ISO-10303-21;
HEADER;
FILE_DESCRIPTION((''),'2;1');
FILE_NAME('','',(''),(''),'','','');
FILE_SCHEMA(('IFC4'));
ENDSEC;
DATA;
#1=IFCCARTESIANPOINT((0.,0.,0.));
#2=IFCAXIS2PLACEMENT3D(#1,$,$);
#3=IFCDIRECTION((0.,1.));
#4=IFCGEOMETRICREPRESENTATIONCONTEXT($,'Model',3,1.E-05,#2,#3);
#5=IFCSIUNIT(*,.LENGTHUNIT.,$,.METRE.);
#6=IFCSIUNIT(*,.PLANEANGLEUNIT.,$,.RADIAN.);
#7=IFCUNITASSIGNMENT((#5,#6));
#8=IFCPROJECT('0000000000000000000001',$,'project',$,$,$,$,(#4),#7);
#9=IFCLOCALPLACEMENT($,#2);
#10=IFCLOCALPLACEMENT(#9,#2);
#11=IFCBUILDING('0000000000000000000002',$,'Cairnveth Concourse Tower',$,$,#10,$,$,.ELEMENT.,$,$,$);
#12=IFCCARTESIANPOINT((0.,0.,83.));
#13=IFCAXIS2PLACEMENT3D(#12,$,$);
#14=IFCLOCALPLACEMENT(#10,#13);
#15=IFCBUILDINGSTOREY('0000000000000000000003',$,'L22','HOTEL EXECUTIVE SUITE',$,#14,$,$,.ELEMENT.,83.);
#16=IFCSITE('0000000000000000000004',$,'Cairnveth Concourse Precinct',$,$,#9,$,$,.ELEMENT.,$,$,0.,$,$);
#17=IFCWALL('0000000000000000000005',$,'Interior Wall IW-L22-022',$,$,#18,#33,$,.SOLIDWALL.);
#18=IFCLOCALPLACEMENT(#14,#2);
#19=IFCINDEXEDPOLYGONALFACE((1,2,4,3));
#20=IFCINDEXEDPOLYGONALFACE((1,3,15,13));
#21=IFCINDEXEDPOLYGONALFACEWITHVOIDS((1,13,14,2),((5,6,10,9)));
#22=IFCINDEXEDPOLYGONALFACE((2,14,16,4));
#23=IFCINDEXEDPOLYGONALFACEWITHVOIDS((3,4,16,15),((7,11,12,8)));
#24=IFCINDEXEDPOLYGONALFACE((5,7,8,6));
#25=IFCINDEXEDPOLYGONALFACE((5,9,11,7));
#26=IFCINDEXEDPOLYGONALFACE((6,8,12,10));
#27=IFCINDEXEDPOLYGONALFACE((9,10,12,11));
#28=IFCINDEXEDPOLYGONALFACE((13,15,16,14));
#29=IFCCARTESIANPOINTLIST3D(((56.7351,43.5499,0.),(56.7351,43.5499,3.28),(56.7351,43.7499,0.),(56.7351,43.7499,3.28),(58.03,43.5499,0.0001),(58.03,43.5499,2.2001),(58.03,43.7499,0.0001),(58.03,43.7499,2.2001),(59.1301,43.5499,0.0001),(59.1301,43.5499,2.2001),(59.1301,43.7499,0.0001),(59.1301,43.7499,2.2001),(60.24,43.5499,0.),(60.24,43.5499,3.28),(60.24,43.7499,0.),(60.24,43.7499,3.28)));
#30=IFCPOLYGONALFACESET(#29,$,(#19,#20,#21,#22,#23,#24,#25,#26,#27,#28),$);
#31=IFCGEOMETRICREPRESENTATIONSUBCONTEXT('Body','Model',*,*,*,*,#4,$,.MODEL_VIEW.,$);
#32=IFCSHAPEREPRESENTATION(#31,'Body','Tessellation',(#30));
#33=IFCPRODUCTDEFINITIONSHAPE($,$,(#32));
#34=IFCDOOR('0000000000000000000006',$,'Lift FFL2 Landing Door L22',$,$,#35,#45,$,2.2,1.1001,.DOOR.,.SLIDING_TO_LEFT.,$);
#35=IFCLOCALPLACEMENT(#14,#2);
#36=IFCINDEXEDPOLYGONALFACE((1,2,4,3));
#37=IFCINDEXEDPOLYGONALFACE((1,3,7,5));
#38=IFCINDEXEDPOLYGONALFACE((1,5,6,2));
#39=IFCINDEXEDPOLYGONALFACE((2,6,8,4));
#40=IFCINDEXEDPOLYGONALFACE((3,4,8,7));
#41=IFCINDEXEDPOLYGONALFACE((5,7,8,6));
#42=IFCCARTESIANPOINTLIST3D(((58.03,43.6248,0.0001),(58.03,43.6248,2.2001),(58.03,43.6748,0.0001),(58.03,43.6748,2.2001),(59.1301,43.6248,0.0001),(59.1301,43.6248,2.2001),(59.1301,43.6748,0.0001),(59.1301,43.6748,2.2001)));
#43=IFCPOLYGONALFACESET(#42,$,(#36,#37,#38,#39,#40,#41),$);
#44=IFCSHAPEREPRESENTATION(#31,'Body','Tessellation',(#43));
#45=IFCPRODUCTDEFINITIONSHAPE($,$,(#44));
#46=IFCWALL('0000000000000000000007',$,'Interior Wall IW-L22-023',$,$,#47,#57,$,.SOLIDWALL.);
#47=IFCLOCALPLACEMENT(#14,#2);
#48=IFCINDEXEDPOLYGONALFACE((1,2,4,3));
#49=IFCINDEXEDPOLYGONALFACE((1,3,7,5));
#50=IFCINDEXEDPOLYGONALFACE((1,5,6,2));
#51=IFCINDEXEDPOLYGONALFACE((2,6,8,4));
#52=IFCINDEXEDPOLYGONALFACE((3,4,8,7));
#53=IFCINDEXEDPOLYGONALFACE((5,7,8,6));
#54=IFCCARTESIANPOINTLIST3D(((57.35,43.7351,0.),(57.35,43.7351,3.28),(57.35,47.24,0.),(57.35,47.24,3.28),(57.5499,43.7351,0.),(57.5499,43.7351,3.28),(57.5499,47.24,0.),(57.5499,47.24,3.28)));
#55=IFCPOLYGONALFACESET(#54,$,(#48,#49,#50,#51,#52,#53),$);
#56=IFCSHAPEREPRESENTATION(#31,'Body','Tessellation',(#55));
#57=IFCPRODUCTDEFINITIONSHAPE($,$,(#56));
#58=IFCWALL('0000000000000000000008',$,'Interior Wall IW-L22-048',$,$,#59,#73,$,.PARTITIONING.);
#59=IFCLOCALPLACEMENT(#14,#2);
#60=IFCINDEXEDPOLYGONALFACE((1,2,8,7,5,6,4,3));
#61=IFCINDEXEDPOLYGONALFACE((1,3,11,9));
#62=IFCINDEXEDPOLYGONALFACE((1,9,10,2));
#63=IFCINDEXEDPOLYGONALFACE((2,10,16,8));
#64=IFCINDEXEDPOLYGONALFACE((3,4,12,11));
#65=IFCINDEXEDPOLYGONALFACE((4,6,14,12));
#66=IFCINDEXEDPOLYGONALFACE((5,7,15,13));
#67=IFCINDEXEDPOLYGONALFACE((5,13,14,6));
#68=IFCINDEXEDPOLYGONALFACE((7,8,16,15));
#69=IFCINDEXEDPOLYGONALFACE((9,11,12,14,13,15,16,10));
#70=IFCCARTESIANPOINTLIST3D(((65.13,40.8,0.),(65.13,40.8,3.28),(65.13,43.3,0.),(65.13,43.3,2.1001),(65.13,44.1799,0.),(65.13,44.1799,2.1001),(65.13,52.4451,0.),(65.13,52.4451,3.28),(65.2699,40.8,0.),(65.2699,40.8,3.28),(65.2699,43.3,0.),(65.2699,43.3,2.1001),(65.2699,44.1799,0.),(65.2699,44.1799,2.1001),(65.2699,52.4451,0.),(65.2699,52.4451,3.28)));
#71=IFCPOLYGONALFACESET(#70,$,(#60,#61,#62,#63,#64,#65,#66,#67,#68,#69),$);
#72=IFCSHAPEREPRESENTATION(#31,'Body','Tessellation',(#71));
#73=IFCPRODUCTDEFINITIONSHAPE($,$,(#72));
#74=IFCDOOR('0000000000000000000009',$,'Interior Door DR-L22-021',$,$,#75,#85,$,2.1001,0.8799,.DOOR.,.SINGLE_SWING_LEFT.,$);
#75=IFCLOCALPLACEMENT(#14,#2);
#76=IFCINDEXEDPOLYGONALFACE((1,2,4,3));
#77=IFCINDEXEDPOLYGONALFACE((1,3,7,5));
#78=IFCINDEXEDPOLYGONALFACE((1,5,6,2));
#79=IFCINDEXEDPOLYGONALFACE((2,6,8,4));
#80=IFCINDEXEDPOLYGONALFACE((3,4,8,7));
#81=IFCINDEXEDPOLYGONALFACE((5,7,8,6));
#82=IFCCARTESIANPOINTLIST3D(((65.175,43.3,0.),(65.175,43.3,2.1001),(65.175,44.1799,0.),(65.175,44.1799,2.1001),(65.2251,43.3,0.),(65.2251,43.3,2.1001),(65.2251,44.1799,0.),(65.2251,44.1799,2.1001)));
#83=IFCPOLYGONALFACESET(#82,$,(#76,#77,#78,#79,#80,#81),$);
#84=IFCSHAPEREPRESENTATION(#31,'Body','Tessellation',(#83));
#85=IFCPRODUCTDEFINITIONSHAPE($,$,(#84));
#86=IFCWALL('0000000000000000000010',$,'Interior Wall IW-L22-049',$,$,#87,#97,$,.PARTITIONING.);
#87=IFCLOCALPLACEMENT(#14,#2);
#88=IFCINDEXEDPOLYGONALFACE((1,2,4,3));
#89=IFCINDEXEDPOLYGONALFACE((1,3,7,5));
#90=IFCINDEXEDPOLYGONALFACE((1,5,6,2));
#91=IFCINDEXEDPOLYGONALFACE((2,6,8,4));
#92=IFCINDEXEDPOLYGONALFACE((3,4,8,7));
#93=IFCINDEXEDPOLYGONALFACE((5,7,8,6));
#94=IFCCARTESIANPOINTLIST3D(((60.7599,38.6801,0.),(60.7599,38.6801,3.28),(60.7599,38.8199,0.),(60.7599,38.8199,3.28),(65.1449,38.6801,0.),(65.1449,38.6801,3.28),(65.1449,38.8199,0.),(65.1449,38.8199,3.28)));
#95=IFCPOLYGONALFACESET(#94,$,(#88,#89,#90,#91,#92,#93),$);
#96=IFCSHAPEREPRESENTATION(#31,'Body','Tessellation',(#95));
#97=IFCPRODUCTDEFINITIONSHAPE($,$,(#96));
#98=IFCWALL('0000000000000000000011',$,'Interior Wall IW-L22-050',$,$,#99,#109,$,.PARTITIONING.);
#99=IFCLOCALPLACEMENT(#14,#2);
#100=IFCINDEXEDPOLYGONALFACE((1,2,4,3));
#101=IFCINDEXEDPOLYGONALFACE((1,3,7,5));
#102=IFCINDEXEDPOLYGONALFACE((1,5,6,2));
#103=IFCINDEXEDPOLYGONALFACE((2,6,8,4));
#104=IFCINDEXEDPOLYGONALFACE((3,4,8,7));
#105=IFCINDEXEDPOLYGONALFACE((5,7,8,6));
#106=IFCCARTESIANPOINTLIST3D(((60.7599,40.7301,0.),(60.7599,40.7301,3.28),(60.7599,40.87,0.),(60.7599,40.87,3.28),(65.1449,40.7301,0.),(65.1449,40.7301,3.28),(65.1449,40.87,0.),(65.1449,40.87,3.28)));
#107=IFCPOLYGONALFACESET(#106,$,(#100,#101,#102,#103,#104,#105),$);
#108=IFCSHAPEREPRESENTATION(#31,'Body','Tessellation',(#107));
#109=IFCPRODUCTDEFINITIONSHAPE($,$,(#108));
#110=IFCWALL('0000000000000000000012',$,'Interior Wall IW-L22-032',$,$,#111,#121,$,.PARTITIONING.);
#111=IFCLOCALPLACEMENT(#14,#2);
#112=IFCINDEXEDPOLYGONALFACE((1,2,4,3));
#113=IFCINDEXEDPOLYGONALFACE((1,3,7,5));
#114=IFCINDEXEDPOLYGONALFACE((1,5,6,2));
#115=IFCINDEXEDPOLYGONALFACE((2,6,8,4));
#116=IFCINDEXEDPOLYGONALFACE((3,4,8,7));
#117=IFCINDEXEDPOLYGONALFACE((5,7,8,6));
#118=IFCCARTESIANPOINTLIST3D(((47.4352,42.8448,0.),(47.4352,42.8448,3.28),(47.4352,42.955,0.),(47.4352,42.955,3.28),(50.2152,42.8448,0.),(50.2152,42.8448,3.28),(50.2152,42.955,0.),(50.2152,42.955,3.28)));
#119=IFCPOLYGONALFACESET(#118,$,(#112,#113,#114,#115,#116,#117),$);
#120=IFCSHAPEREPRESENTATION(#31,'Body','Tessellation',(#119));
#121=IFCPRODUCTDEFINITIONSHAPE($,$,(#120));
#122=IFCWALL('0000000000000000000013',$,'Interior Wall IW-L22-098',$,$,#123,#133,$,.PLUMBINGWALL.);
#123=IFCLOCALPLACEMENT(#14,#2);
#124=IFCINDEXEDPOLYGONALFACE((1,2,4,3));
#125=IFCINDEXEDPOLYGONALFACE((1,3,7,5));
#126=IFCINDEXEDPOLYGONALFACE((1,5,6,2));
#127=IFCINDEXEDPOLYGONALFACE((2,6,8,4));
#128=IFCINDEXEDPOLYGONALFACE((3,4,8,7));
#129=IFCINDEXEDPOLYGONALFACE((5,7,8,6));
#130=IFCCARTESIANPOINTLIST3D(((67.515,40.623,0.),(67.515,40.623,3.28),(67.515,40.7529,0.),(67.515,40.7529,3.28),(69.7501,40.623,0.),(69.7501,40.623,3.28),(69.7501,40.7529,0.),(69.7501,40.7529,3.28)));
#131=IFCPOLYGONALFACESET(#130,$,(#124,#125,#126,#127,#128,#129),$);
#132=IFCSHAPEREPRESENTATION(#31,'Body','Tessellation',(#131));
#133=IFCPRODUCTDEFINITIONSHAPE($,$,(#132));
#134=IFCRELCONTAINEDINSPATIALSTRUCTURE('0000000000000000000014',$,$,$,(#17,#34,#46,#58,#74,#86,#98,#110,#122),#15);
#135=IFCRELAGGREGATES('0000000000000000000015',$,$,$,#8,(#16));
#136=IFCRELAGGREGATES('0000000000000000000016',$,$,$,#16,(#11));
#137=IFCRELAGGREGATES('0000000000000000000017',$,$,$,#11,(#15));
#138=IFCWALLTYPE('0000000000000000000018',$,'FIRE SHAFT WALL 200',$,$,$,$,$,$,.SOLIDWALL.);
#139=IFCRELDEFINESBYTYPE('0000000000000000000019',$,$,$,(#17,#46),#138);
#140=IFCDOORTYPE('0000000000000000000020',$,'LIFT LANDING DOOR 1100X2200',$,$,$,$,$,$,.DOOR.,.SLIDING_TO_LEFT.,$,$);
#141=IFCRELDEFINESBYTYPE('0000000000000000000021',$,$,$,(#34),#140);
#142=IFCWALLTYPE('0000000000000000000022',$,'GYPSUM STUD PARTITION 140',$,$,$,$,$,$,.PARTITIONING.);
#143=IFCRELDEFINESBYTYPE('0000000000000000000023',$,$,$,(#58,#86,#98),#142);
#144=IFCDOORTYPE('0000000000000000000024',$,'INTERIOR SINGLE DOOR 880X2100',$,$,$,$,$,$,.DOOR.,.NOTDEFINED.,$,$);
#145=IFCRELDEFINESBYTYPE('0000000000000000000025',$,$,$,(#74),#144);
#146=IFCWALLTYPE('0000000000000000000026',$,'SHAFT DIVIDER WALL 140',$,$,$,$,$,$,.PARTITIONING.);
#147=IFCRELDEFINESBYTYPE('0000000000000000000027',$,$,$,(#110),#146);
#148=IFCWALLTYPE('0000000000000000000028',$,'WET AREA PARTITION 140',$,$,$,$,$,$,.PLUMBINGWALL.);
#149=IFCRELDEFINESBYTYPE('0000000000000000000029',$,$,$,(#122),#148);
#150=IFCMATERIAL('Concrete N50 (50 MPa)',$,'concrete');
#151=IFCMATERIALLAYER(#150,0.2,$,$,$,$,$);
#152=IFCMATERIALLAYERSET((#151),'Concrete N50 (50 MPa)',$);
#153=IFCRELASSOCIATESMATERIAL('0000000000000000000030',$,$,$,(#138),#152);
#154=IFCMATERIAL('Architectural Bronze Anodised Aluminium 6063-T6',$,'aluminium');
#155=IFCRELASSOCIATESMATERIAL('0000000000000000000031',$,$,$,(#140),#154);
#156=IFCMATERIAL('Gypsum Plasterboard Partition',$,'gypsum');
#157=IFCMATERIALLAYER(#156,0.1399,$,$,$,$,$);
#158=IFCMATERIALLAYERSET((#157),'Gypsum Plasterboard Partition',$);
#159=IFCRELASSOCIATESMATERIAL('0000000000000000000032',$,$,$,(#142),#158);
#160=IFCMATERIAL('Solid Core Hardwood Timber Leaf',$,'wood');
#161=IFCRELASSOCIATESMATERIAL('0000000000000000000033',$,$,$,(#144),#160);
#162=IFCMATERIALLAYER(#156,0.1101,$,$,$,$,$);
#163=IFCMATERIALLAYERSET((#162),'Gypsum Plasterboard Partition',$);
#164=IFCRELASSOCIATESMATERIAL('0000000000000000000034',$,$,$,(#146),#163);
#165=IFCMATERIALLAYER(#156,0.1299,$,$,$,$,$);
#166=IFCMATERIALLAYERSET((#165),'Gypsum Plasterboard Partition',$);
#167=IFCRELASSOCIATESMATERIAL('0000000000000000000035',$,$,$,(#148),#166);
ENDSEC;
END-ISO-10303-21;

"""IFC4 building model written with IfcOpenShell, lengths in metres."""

from ifc_helpers import new_model, si_unit, direction, frame, frame_2d, origin, place, context, subcontext, project, spatial, rectangle, extrude, material, layer, layer_set, type_object, element, fill, save


model = new_model("IFC4")

# Units and contexts
model_context = context("Model", 3, precision=1e-05, world=origin(), true_north=direction((0.0, 1.0)))
body_context = subcontext(model_context, "Body", "Model", "MODEL_VIEW")
ifc_project = project(units=[si_unit("LENGTHUNIT", "METRE"), si_unit("PLANEANGLEUNIT", "RADIAN")], contexts=[model_context])

# Site, building, storey
site_placement = place(None, origin())
site = spatial("IfcSite", under=ifc_project, at=site_placement, Name="Cairnveth Concourse Precinct", CompositionType="ELEMENT", RefElevation=0.0)
building_placement = place(site_placement, origin())
building = spatial("IfcBuilding", under=site, at=building_placement, Name="Cairnveth Concourse Tower", CompositionType="ELEMENT")
storey_placement = place(building_placement, frame((0.0, 0.0, 83.0)))
storey = spatial("IfcBuildingStorey", under=building, at=storey_placement, Name="L22", Description="HOTEL EXECUTIVE SUITE", CompositionType="ELEMENT", Elevation=83.0)

# Shared definitions
ifc_material_1 = material(Name="Concrete N50 (50 MPa)", Category="concrete")
ifc_layer_1 = layer(ifc_material_1, 0.2)
ifc_layer_set_1 = layer_set([ifc_layer_1], Name="Concrete N50 (50 MPa)")
wall_type_1 = type_object("IfcWallType", Name="FIRE SHAFT WALL 200", PredefinedType="SOLIDWALL", material=ifc_layer_set_1)

# Wall, opening, door
wall_1_placement = place(storey_placement, frame((56.7351, 43.6499, 0.0), z_axis=(0.0, 0.0, 1.0), x_axis=(1.0, 0.0, 0.0)))
wall_1 = element("IfcWall", 1, at=wall_1_placement, inside=storey, type_object=wall_type_1, Name="Interior Wall IW-L22-022", PredefinedType="SOLIDWALL", context=body_context, shape_type="SweptSolid", body=[
    extrude(rectangle(XDim=3.5049, YDim=0.2, at=frame_2d((1.7524, 0.0))), origin(), (0.0, 0.0, 1.0), 3.28),
])
opening_1_placement = place(wall_1_placement, frame((1.2949, 0.0, 0.0)))
opening_1 = element("IfcOpeningElement", 2, at=opening_1_placement, cuts=wall_1, PredefinedType="OPENING", context=body_context, shape_type="SweptSolid", body=[
    extrude(rectangle(XDim=1.1001, YDim=2.2, at=frame_2d((0.55, 1.1001))), frame((0.0, 0.1099, 0.0), z_axis=(0.0, -1.0, 0.0), x_axis=(1.0, 0.0, 0.0)), (0.0, 0.0, 1.0), 0.22),
])
ifc_material_2 = material(Name="Architectural Bronze Anodised Aluminium 6063-T6", Category="aluminium")
door_type_1 = type_object("IfcDoorType", Name="LIFT LANDING DOOR 1100X2200", OperationType="SLIDING_TO_LEFT", PredefinedType="DOOR", material=ifc_material_2)
door_1_placement = place(opening_1_placement, origin())
door_1 = element("IfcDoor", 3, at=door_1_placement, inside=storey, type_object=door_type_1, Name="Lift FFL2 Landing Door L22", OperationType="SLIDING_TO_LEFT", OverallHeight=2.2, OverallWidth=1.1001, PredefinedType="DOOR", context=body_context, shape_type="SweptSolid", body=[
    extrude(rectangle(XDim=1.1001, YDim=2.2, at=frame_2d((0.55, 1.1001))), frame((0.0, 0.0249, 0.0), z_axis=(0.0, -1.0, 0.0), x_axis=(1.0, 0.0, 0.0)), (0.0, 0.0, 1.0), 0.05),
])
fill(opening_1, door_1)

# Wall
wall_2_placement = place(storey_placement, frame((57.45, 43.7351, 0.0), z_axis=(0.0, 0.0, 1.0), x_axis=(0.0, 1.0, 0.0)))
element("IfcWall", 4, at=wall_2_placement, inside=storey, type_object=wall_type_1, Name="Interior Wall IW-L22-023", PredefinedType="SOLIDWALL", context=body_context, shape_type="SweptSolid", body=[
    extrude(rectangle(XDim=3.5049, YDim=0.2, at=frame_2d((1.7524, 0.0))), origin(), (0.0, 0.0, 1.0), 3.28),
])

# Wall, opening, door
ifc_material_3 = material(Name="Gypsum Plasterboard Partition", Category="gypsum")
ifc_layer_2 = layer(ifc_material_3, 0.1399)
ifc_layer_set_2 = layer_set([ifc_layer_2], Name="Gypsum Plasterboard Partition")
wall_type_2 = type_object("IfcWallType", Name="GYPSUM STUD PARTITION 140", PredefinedType="PARTITIONING", material=ifc_layer_set_2)
wall_3_placement = place(storey_placement, frame((65.2, 40.8, 0.0), z_axis=(0.0, 0.0, 1.0), x_axis=(0.0, 1.0, 0.0)))
wall_3 = element("IfcWall", 5, at=wall_3_placement, inside=storey, type_object=wall_type_2, Name="Interior Wall IW-L22-048", PredefinedType="PARTITIONING", context=body_context, shape_type="SweptSolid", body=[
    extrude(rectangle(XDim=11.645, YDim=0.1399, at=frame_2d((5.8225, 0.0))), origin(), (0.0, 0.0, 1.0), 3.28),
])
opening_2_placement = place(wall_3_placement, frame((2.5, 0.0, 0.0)))
opening_2 = element("IfcOpeningElement", 6, at=opening_2_placement, cuts=wall_3, PredefinedType="OPENING", context=body_context, shape_type="SweptSolid", body=[
    extrude(rectangle(XDim=0.8799, YDim=2.1001, at=frame_2d((0.4399, 1.05))), frame((0.0, 0.0798, 0.0), z_axis=(0.0, -1.0, 0.0), x_axis=(1.0, 0.0, 0.0)), (0.0, 0.0, 1.0), 0.1599),
])
ifc_material_4 = material(Name="Solid Core Hardwood Timber Leaf", Category="wood")
door_type_2 = type_object("IfcDoorType", Name="INTERIOR SINGLE DOOR 880X2100", OperationType="NOTDEFINED", PredefinedType="DOOR", material=ifc_material_4)
door_2_placement = place(opening_2_placement, origin())
door_2 = element("IfcDoor", 7, at=door_2_placement, inside=storey, type_object=door_type_2, Name="Interior Door DR-L22-021", OperationType="SINGLE_SWING_LEFT", OverallHeight=2.1001, OverallWidth=0.8799, PredefinedType="DOOR", context=body_context, shape_type="SweptSolid", body=[
    extrude(rectangle(XDim=0.8799, YDim=2.1001, at=frame_2d((0.4399, 1.05))), frame((0.0, 0.0249, 0.0), z_axis=(0.0, -1.0, 0.0), x_axis=(1.0, 0.0, 0.0)), (0.0, 0.0, 1.0), 0.05),
])
fill(opening_2, door_2)

# Walls
for number, where, z_axis, x_axis, name in (
    (8, (60.76, 38.75, 0.0), (0.0, 0.0, 1.0), (1.0, 0.0, 0.0), "Interior Wall IW-L22-049"),
    (9, (60.76, 40.8, 0.0), (0.0, 0.0, 1.0), (1.0, 0.0, 0.0), "Interior Wall IW-L22-050"),
):
    element("IfcWall", number, at=place(storey_placement, frame(where, z_axis=z_axis, x_axis=x_axis)), inside=storey, type_object=wall_type_2, Name=name, PredefinedType="PARTITIONING", context=body_context, shape_type="SweptSolid", body=[
        extrude(rectangle(XDim=4.385, YDim=0.1399, at=frame_2d((2.1924, 0.0))), origin(), (0.0, 0.0, 1.0), 3.28),
    ])
ifc_layer_3 = layer(ifc_material_3, 0.1101)
ifc_layer_set_3 = layer_set([ifc_layer_3], Name="Gypsum Plasterboard Partition")
wall_type_3 = type_object("IfcWallType", Name="SHAFT DIVIDER WALL 140", PredefinedType="PARTITIONING", material=ifc_layer_set_3)
wall_4_placement = place(storey_placement, frame((47.4351, 42.8999, 0.0), z_axis=(0.0, 0.0, 1.0), x_axis=(1.0, 0.0, 0.0)))
element("IfcWall", 10, at=wall_4_placement, inside=storey, type_object=wall_type_3, Name="Interior Wall IW-L22-032", PredefinedType="PARTITIONING", context=body_context, shape_type="SweptSolid", body=[
    extrude(rectangle(XDim=2.78, YDim=0.1101, at=frame_2d((1.3901, 0.0))), origin(), (0.0, 0.0, 1.0), 3.28),
])
ifc_layer_4 = layer(ifc_material_3, 0.1299)
ifc_layer_set_4 = layer_set([ifc_layer_4], Name="Gypsum Plasterboard Partition")
wall_type_4 = type_object("IfcWallType", Name="WET AREA PARTITION 140", PredefinedType="PLUMBINGWALL", material=ifc_layer_set_4)
wall_5_placement = place(storey_placement, frame((67.5149, 40.688, 0.0), z_axis=(0.0, 0.0, 1.0), x_axis=(1.0, 0.0, 0.0)))
element("IfcWall", 11, at=wall_5_placement, inside=storey, type_object=wall_type_4, Name="Interior Wall IW-L22-098", PredefinedType="PLUMBINGWALL", context=body_context, shape_type="SweptSolid", body=[
    extrude(rectangle(XDim=2.2351, YDim=0.1299, at=frame_2d((1.1177, 0.0))), origin(), (0.0, 0.0, 1.0), 3.28),
])

save(model, "model.ifc")
